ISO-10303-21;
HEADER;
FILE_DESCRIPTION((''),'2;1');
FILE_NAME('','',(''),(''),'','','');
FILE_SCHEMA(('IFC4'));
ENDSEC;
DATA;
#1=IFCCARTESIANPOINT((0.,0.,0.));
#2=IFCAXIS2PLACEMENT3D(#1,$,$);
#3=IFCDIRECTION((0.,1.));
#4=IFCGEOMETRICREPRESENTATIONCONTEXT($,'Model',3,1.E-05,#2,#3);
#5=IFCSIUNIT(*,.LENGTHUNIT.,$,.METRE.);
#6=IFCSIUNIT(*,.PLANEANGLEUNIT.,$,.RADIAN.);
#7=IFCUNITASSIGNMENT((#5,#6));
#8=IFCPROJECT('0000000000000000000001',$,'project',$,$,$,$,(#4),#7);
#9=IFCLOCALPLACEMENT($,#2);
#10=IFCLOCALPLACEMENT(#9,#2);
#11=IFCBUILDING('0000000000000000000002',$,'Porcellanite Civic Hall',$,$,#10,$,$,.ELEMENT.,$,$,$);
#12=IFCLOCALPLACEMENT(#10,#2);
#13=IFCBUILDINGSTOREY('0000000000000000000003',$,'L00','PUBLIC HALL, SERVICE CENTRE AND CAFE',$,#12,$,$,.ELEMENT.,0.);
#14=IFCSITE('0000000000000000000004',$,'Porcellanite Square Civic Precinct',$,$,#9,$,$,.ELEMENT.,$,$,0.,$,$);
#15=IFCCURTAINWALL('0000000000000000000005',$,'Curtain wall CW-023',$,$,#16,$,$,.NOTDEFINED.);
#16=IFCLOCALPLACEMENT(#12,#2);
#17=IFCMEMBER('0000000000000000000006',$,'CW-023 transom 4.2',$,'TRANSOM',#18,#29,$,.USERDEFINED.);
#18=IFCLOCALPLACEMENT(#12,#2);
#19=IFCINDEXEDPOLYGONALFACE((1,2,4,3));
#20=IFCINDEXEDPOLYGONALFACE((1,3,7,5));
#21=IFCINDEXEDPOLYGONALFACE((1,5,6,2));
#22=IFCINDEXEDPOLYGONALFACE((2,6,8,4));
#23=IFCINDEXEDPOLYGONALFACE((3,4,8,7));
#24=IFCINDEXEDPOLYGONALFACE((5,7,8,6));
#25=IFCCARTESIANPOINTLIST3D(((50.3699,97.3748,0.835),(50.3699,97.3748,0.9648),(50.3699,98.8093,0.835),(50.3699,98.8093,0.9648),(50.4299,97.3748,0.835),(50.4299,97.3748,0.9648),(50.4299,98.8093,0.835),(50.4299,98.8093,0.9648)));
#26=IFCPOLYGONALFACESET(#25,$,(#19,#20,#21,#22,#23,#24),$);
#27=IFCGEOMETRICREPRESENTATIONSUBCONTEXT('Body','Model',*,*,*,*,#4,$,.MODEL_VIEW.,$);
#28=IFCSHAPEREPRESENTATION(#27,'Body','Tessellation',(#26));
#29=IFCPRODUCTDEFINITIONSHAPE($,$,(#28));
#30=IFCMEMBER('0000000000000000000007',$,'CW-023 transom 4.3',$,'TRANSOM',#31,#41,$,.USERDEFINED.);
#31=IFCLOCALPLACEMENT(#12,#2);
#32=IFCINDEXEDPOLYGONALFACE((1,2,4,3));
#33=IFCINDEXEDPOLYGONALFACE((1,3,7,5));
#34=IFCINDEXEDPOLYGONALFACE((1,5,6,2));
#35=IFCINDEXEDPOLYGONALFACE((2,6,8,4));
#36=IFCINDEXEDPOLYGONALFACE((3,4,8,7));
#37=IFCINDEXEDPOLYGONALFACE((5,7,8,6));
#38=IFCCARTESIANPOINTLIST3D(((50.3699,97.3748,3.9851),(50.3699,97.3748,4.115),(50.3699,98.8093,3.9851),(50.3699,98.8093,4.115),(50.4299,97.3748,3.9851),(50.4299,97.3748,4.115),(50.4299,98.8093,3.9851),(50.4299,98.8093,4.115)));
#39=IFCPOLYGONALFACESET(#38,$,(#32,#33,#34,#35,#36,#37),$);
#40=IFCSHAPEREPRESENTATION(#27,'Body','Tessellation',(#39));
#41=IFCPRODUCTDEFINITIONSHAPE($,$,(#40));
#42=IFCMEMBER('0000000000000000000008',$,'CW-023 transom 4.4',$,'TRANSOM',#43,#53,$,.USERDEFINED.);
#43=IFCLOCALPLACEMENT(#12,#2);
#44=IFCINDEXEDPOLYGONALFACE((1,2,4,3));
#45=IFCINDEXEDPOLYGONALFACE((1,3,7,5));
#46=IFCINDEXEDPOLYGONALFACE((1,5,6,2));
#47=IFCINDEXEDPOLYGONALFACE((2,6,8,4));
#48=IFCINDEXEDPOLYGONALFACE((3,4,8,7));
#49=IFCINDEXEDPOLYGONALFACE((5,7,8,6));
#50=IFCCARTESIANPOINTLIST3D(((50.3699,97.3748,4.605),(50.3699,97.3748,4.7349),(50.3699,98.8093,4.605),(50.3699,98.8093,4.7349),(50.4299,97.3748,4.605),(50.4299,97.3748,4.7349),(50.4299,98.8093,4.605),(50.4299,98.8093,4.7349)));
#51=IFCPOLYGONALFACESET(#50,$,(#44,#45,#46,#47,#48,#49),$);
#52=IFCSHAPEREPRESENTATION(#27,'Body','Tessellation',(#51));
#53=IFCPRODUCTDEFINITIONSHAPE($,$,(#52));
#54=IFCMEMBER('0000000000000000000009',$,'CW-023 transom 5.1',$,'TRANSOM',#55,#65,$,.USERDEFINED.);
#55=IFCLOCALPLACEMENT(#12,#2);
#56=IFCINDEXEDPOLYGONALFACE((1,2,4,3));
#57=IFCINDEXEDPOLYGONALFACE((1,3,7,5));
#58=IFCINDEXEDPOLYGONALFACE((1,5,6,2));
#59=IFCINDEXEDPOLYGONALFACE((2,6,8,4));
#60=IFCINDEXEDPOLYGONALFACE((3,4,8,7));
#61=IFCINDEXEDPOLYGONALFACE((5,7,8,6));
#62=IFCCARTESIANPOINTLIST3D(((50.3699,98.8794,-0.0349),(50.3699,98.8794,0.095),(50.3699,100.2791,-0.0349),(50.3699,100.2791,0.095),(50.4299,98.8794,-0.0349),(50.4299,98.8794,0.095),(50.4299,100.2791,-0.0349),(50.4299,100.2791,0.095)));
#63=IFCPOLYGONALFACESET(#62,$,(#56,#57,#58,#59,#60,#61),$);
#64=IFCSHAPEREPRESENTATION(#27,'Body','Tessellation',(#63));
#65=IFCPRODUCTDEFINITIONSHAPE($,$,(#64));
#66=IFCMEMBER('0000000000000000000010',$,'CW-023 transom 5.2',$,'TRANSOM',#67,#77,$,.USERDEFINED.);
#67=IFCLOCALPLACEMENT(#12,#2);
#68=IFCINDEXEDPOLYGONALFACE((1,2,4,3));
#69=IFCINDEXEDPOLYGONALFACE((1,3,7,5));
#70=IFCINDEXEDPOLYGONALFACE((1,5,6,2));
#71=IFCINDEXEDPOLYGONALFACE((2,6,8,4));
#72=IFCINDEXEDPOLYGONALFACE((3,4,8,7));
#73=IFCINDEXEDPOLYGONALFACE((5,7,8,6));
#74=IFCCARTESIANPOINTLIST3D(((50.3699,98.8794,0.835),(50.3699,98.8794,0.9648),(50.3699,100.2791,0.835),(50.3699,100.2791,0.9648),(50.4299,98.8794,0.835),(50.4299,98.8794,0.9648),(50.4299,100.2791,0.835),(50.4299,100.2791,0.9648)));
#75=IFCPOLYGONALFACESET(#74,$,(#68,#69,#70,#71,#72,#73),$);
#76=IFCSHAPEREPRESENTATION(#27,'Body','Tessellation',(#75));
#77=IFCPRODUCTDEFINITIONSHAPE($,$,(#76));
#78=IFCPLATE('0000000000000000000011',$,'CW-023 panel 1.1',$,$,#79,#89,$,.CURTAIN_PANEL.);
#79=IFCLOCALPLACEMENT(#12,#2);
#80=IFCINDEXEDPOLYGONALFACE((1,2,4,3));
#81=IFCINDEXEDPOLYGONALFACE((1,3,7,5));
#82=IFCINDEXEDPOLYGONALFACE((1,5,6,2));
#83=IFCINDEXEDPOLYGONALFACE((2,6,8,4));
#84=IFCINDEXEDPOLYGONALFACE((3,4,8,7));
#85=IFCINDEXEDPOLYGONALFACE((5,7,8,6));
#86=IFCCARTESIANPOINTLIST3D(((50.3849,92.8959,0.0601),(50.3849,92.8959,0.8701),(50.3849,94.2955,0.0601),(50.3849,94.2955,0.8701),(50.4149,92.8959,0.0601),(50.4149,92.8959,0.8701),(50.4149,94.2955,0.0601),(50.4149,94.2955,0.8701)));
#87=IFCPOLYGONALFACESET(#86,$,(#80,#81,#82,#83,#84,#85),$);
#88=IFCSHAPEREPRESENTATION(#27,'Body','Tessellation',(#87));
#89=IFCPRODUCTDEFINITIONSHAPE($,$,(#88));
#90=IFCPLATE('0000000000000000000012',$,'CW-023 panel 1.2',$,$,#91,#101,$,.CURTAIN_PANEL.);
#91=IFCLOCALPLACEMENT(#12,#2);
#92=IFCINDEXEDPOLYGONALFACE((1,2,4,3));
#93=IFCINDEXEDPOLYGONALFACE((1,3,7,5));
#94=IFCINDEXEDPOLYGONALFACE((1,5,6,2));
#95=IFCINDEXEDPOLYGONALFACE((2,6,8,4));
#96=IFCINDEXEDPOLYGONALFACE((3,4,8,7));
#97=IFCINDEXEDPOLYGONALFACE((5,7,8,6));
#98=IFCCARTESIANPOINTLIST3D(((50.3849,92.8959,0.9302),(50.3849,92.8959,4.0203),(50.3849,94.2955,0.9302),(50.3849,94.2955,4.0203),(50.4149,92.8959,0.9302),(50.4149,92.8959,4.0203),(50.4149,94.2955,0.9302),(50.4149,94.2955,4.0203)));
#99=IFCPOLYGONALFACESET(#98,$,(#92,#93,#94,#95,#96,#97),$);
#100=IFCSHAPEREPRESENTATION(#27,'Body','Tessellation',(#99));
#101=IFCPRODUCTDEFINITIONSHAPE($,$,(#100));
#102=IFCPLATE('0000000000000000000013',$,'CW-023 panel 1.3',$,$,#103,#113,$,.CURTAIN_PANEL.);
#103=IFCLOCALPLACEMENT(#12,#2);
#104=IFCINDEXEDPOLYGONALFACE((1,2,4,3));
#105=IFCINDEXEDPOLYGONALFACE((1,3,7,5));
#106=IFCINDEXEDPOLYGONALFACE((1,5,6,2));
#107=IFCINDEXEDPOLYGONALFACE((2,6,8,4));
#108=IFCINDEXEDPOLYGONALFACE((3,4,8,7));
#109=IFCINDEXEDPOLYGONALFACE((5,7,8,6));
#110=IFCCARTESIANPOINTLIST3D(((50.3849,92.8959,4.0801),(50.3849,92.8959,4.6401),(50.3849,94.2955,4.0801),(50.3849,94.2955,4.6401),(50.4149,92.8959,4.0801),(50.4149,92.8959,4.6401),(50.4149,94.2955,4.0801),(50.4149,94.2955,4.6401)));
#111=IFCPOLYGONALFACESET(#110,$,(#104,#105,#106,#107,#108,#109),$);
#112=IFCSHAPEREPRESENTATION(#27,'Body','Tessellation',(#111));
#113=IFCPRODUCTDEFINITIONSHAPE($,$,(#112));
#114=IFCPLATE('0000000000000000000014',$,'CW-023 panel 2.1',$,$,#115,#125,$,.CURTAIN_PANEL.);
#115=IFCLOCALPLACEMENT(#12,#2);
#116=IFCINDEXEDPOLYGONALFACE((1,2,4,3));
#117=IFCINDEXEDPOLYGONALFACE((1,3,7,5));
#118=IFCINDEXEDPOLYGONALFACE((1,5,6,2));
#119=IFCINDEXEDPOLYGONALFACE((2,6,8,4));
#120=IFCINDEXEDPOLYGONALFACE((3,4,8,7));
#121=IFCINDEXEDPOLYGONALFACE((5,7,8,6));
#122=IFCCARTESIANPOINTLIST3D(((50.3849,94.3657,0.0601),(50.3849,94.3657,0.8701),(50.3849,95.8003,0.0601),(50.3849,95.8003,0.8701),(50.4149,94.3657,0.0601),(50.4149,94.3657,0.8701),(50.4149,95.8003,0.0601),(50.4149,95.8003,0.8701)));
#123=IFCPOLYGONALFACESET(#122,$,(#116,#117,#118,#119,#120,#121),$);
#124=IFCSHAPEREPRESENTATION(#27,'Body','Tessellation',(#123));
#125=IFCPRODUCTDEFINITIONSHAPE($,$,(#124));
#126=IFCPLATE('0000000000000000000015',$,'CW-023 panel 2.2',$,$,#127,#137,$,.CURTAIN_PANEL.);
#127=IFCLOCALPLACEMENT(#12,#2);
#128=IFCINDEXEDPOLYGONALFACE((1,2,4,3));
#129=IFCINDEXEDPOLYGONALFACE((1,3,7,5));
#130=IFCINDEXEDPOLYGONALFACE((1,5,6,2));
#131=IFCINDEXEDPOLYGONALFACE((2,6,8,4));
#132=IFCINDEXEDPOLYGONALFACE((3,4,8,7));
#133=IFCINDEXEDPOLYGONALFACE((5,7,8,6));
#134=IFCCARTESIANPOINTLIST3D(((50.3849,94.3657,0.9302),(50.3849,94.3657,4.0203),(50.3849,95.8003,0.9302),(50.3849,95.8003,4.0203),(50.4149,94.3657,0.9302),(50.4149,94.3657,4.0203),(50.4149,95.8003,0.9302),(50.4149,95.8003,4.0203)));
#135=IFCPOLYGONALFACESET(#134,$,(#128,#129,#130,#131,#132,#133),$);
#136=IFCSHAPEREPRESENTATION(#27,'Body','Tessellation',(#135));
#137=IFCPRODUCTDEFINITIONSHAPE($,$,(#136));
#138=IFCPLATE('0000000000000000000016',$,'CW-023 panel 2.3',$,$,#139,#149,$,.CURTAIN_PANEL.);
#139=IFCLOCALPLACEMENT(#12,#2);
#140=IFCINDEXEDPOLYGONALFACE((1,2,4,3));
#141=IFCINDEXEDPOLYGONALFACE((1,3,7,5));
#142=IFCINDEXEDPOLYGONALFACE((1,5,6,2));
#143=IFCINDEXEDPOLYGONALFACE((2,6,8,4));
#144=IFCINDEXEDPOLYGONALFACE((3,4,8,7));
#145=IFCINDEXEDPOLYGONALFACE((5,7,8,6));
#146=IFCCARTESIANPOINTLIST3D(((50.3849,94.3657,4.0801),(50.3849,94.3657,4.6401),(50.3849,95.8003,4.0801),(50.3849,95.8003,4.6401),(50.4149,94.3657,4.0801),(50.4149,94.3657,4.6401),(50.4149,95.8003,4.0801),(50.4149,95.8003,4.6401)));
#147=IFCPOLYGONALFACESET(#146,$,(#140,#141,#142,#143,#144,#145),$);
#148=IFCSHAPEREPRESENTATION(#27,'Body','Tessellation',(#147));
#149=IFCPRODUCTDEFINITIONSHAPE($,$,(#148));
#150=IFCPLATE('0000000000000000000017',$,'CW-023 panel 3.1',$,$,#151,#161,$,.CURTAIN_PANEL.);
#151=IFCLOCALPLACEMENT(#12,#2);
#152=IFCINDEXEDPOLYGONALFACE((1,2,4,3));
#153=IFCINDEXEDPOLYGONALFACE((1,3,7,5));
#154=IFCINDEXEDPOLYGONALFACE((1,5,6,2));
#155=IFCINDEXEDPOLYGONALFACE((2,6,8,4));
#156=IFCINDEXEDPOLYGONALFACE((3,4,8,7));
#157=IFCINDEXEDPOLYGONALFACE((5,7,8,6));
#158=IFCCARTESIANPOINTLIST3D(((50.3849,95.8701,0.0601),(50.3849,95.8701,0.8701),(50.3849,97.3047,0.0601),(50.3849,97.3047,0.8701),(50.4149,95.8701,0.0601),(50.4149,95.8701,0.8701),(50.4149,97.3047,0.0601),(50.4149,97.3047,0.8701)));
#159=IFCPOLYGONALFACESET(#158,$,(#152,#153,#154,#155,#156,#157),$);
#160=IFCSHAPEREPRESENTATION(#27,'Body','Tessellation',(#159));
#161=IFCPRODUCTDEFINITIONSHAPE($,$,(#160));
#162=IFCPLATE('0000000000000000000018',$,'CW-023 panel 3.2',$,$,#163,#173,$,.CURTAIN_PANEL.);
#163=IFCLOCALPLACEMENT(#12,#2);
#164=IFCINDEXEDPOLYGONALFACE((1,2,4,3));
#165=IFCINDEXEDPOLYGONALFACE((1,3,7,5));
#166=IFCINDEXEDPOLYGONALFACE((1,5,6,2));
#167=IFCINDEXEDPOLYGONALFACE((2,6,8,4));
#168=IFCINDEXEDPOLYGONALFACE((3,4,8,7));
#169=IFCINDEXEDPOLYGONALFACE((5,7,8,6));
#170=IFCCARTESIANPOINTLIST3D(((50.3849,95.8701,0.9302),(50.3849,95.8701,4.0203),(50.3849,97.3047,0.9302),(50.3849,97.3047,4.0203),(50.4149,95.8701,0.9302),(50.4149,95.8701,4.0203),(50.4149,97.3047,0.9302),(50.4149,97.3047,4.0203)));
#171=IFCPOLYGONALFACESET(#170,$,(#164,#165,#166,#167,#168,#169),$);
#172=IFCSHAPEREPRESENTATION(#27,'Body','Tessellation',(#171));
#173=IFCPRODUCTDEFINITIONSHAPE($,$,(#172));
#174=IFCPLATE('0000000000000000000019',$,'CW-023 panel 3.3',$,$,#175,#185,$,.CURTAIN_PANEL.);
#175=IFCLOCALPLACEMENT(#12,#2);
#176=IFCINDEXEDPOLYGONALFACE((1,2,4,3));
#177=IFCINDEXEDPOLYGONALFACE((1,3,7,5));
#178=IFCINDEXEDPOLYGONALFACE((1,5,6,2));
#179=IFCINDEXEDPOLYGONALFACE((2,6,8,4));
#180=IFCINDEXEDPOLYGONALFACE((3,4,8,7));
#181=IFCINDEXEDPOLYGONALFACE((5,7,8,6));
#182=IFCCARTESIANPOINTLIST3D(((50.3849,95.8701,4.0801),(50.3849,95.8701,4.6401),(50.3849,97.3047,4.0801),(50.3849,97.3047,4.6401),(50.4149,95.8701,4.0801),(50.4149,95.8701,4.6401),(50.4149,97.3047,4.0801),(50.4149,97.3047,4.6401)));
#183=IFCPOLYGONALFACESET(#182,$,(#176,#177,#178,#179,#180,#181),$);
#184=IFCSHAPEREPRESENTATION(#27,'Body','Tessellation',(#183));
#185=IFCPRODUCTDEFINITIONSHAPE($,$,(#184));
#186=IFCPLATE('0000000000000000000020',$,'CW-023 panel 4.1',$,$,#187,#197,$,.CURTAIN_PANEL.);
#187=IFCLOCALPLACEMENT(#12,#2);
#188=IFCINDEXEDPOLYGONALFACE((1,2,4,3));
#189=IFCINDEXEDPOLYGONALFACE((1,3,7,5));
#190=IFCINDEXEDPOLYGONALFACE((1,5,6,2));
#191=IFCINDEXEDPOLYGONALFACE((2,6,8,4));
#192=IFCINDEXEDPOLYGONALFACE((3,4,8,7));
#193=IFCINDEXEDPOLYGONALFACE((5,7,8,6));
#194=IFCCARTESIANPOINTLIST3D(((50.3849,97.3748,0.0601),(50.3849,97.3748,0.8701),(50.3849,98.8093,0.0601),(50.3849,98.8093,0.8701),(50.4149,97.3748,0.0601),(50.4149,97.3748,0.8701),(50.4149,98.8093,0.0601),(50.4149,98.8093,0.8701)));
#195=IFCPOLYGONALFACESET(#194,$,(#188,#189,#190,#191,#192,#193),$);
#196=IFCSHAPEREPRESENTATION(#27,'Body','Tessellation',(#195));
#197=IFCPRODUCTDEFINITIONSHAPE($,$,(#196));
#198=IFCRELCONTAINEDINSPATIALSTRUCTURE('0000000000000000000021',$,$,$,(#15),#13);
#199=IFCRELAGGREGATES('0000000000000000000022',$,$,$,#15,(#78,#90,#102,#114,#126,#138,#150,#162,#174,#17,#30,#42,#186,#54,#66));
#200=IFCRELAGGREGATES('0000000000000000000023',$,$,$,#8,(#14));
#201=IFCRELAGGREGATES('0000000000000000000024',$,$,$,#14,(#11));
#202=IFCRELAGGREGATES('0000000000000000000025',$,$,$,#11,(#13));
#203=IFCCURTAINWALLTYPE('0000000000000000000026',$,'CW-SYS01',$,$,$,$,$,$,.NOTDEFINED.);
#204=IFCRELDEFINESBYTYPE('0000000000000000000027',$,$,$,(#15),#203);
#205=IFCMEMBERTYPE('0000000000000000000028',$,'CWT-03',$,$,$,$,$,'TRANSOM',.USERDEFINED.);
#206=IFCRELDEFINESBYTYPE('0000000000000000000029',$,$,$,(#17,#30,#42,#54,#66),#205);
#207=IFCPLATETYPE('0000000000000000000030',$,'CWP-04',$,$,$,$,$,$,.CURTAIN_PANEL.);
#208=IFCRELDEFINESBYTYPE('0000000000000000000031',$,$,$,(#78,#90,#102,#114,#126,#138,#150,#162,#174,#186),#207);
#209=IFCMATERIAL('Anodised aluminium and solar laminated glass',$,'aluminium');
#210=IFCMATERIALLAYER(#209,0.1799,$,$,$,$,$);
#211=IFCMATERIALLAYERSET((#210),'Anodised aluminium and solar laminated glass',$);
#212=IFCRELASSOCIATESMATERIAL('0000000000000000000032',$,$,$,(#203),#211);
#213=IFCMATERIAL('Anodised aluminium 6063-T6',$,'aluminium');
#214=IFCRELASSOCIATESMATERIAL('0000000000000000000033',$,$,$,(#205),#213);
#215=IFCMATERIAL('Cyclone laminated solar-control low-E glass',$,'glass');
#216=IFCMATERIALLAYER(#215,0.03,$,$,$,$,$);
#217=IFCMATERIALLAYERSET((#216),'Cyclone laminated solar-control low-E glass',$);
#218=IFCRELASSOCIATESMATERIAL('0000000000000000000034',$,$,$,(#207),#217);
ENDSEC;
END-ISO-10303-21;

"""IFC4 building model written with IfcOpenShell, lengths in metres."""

from ifc_helpers import new_model, si_unit, direction, frame, origin, origin_2d, place, context, subcontext, project, spatial, rectangle, extrude, material, layer, layer_set, material_profile, profile_set, type_object, element, aggregate, save


model = new_model("IFC4")

# Units and contexts
model_context = context("Model", 3, precision=1e-05, world=origin(), true_north=direction((0.0, 1.0)))
body_context = subcontext(model_context, "Body", "Model", "MODEL_VIEW")
ifc_project = project(units=[si_unit("LENGTHUNIT", "METRE"), si_unit("PLANEANGLEUNIT", "RADIAN")], contexts=[model_context])

# Site, building, storey
site_placement = place(None, origin())
site = spatial("IfcSite", under=ifc_project, at=site_placement, Name="Porcellanite Square Civic Precinct", CompositionType="ELEMENT", RefElevation=0.0)
building_placement = place(site_placement, origin())
building = spatial("IfcBuilding", under=site, at=building_placement, Name="Porcellanite Civic Hall", CompositionType="ELEMENT")
storey_placement = place(building_placement, origin())
storey = spatial("IfcBuildingStorey", under=building, at=storey_placement, Name="L00", Description="PUBLIC HALL, SERVICE CENTRE AND CAFE", CompositionType="ELEMENT", Elevation=0.0)

# Curtain wall, members, plates
ifc_material_1 = material(Name="Anodised aluminium and solar laminated glass", Category="aluminium")
ifc_layer_1 = layer(ifc_material_1, 0.1799)
ifc_layer_set_1 = layer_set([ifc_layer_1], Name="Anodised aluminium and solar laminated glass")
curtain_wall_type = type_object("IfcCurtainWallType", Name="CW-SYS01", PredefinedType="NOTDEFINED", material=ifc_layer_set_1)
curtain_wall_placement = place(storey_placement, origin())
curtain_wall = element("IfcCurtainWall", 1, at=curtain_wall_placement, inside=storey, type_object=curtain_wall_type, Name="Curtain wall CW-023", PredefinedType="NOTDEFINED")
ifc_material_2 = material(Name="Anodised aluminium 6063-T6", Category="aluminium")
ifc_material_profile_1 = material_profile(ifc_material_2, rectangle(XDim=0.0601, YDim=0.1299, at=origin_2d()), Name="AL-60x130")
ifc_profile_set_1 = profile_set([ifc_material_profile_1], Name="Anodised aluminium 6063-T6")
member_type_1 = type_object("IfcMemberType", Name="CWT-03", ElementType="TRANSOM", PredefinedType="USERDEFINED", material=ifc_profile_set_1)
member_1_placement = place(storey_placement, frame((50.3999, 97.3748, 0.8999), z_axis=(0.0, 1.0, 0.0), x_axis=(-1.0, 0.0, 0.0)))
member_1 = element("IfcMember", 2, at=member_1_placement, type_object=member_type_1, Name="CW-023 transom 4.2", ObjectType="TRANSOM", PredefinedType="USERDEFINED", context=body_context, shape_type="SweptSolid", body=[
    extrude(rectangle(XDim=0.0601, YDim=0.1299, at=origin_2d()), origin(), (0.0, 0.0, 1.0), 1.4346),
])
member_2_placement = place(storey_placement, frame((50.3999, 97.3748, 4.05), z_axis=(0.0, 1.0, 0.0), x_axis=(-1.0, 0.0, 0.0)))
member_2 = element("IfcMember", 3, at=member_2_placement, type_object=member_type_1, Name="CW-023 transom 4.3", ObjectType="TRANSOM", PredefinedType="USERDEFINED", context=body_context, shape_type="SweptSolid", body=[
    extrude(rectangle(XDim=0.0601, YDim=0.1299, at=origin_2d()), origin(), (0.0, 0.0, 1.0), 1.4346),
])
member_3_placement = place(storey_placement, frame((50.3999, 97.3748, 4.6699), z_axis=(0.0, 1.0, 0.0), x_axis=(-1.0, 0.0, 0.0)))
member_3 = element("IfcMember", 4, at=member_3_placement, type_object=member_type_1, Name="CW-023 transom 4.4", ObjectType="TRANSOM", PredefinedType="USERDEFINED", context=body_context, shape_type="SweptSolid", body=[
    extrude(rectangle(XDim=0.0601, YDim=0.1299, at=origin_2d()), origin(), (0.0, 0.0, 1.0), 1.4346),
])
member_4_placement = place(storey_placement, frame((50.3999, 98.8794, 0.03), z_axis=(0.0, 1.0, 0.0), x_axis=(-1.0, 0.0, 0.0)))
member_4 = element("IfcMember", 5, at=member_4_placement, type_object=member_type_1, Name="CW-023 transom 5.1", ObjectType="TRANSOM", PredefinedType="USERDEFINED", context=body_context, shape_type="SweptSolid", body=[
    extrude(rectangle(XDim=0.0601, YDim=0.1299, at=origin_2d()), origin(), (0.0, 0.0, 1.0), 1.3997),
])
member_5_placement = place(storey_placement, frame((50.3999, 98.8794, 0.8999), z_axis=(0.0, 1.0, 0.0), x_axis=(-1.0, 0.0, 0.0)))
member_5 = element("IfcMember", 6, at=member_5_placement, type_object=member_type_1, Name="CW-023 transom 5.2", ObjectType="TRANSOM", PredefinedType="USERDEFINED", context=body_context, shape_type="SweptSolid", body=[
    extrude(rectangle(XDim=0.0601, YDim=0.1299, at=origin_2d()), origin(), (0.0, 0.0, 1.0), 1.3997),
])
ifc_material_3 = material(Name="Cyclone laminated solar-control low-E glass", Category="glass")
ifc_layer_2 = layer(ifc_material_3, 0.03)
ifc_layer_set_2 = layer_set([ifc_layer_2], Name="Cyclone laminated solar-control low-E glass")
plate_type = type_object("IfcPlateType", Name="CWP-04", PredefinedType="CURTAIN_PANEL", material=ifc_layer_set_2)
plate_1_placement = place(storey_placement, frame((50.3999, 93.5957, 0.0601), z_axis=(0.0, 0.0, 1.0), x_axis=(0.0, 1.0, 0.0)))
plate_1 = element("IfcPlate", 7, at=plate_1_placement, type_object=plate_type, Name="CW-023 panel 1.1", PredefinedType="CURTAIN_PANEL", context=body_context, shape_type="SweptSolid", body=[
    extrude(rectangle(XDim=1.3997, YDim=0.03, at=origin_2d()), origin(), (0.0, 0.0, 1.0), 0.8101),
])
plate_2_placement = place(storey_placement, frame((50.3999, 93.5957, 0.9302), z_axis=(0.0, 0.0, 1.0), x_axis=(0.0, 1.0, 0.0)))
plate_2 = element("IfcPlate", 8, at=plate_2_placement, type_object=plate_type, Name="CW-023 panel 1.2", PredefinedType="CURTAIN_PANEL", context=body_context, shape_type="SweptSolid", body=[
    extrude(rectangle(XDim=1.3997, YDim=0.03, at=origin_2d()), origin(), (0.0, 0.0, 1.0), 3.0901),
])
plate_3_placement = place(storey_placement, frame((50.3999, 93.5957, 4.0801), z_axis=(0.0, 0.0, 1.0), x_axis=(0.0, 1.0, 0.0)))
plate_3 = element("IfcPlate", 9, at=plate_3_placement, type_object=plate_type, Name="CW-023 panel 1.3", PredefinedType="CURTAIN_PANEL", context=body_context, shape_type="SweptSolid", body=[
    extrude(rectangle(XDim=1.3997, YDim=0.03, at=origin_2d()), origin(), (0.0, 0.0, 1.0), 0.5601),
])
plate_4_placement = place(storey_placement, frame((50.3999, 95.083, 0.0601), z_axis=(0.0, 0.0, 1.0), x_axis=(0.0, 1.0, 0.0)))
plate_4 = element("IfcPlate", 10, at=plate_4_placement, type_object=plate_type, Name="CW-023 panel 2.1", PredefinedType="CURTAIN_PANEL", context=body_context, shape_type="SweptSolid", body=[
    extrude(rectangle(XDim=1.4346, YDim=0.03, at=origin_2d()), origin(), (0.0, 0.0, 1.0), 0.8101),
])
plate_5_placement = place(storey_placement, frame((50.3999, 95.083, 0.9302), z_axis=(0.0, 0.0, 1.0), x_axis=(0.0, 1.0, 0.0)))
plate_5 = element("IfcPlate", 11, at=plate_5_placement, type_object=plate_type, Name="CW-023 panel 2.2", PredefinedType="CURTAIN_PANEL", context=body_context, shape_type="SweptSolid", body=[
    extrude(rectangle(XDim=1.4346, YDim=0.03, at=origin_2d()), origin(), (0.0, 0.0, 1.0), 3.0901),
])
plate_6_placement = place(storey_placement, frame((50.3999, 95.083, 4.0801), z_axis=(0.0, 0.0, 1.0), x_axis=(0.0, 1.0, 0.0)))
plate_6 = element("IfcPlate", 12, at=plate_6_placement, type_object=plate_type, Name="CW-023 panel 2.3", PredefinedType="CURTAIN_PANEL", context=body_context, shape_type="SweptSolid", body=[
    extrude(rectangle(XDim=1.4346, YDim=0.03, at=origin_2d()), origin(), (0.0, 0.0, 1.0), 0.5601),
])
plate_7_placement = place(storey_placement, frame((50.3999, 96.5874, 0.0601), z_axis=(0.0, 0.0, 1.0), x_axis=(0.0, 1.0, 0.0)))
plate_7 = element("IfcPlate", 13, at=plate_7_placement, type_object=plate_type, Name="CW-023 panel 3.1", PredefinedType="CURTAIN_PANEL", context=body_context, shape_type="SweptSolid", body=[
    extrude(rectangle(XDim=1.4346, YDim=0.03, at=origin_2d()), origin(), (0.0, 0.0, 1.0), 0.8101),
])
plate_8_placement = place(storey_placement, frame((50.3999, 96.5874, 0.9302), z_axis=(0.0, 0.0, 1.0), x_axis=(0.0, 1.0, 0.0)))
plate_8 = element("IfcPlate", 14, at=plate_8_placement, type_object=plate_type, Name="CW-023 panel 3.2", PredefinedType="CURTAIN_PANEL", context=body_context, shape_type="SweptSolid", body=[
    extrude(rectangle(XDim=1.4346, YDim=0.03, at=origin_2d()), origin(), (0.0, 0.0, 1.0), 3.0901),
])
plate_9_placement = place(storey_placement, frame((50.3999, 96.5874, 4.0801), z_axis=(0.0, 0.0, 1.0), x_axis=(0.0, 1.0, 0.0)))
plate_9 = element("IfcPlate", 15, at=plate_9_placement, type_object=plate_type, Name="CW-023 panel 3.3", PredefinedType="CURTAIN_PANEL", context=body_context, shape_type="SweptSolid", body=[
    extrude(rectangle(XDim=1.4346, YDim=0.03, at=origin_2d()), origin(), (0.0, 0.0, 1.0), 0.5601),
])
plate_10_placement = place(storey_placement, frame((50.3999, 98.092, 0.0601), z_axis=(0.0, 0.0, 1.0), x_axis=(0.0, 1.0, 0.0)))
plate_10 = element("IfcPlate", 16, at=plate_10_placement, type_object=plate_type, Name="CW-023 panel 4.1", PredefinedType="CURTAIN_PANEL", context=body_context, shape_type="SweptSolid", body=[
    extrude(rectangle(XDim=1.4346, YDim=0.03, at=origin_2d()), origin(), (0.0, 0.0, 1.0), 0.8101),
])
aggregate(curtain_wall, [plate_1, plate_2, plate_3, plate_4, plate_5, plate_6, plate_7, plate_8, plate_9, member_1, member_2, member_3, plate_10, member_4, member_5])

save(model, "model.ifc")
